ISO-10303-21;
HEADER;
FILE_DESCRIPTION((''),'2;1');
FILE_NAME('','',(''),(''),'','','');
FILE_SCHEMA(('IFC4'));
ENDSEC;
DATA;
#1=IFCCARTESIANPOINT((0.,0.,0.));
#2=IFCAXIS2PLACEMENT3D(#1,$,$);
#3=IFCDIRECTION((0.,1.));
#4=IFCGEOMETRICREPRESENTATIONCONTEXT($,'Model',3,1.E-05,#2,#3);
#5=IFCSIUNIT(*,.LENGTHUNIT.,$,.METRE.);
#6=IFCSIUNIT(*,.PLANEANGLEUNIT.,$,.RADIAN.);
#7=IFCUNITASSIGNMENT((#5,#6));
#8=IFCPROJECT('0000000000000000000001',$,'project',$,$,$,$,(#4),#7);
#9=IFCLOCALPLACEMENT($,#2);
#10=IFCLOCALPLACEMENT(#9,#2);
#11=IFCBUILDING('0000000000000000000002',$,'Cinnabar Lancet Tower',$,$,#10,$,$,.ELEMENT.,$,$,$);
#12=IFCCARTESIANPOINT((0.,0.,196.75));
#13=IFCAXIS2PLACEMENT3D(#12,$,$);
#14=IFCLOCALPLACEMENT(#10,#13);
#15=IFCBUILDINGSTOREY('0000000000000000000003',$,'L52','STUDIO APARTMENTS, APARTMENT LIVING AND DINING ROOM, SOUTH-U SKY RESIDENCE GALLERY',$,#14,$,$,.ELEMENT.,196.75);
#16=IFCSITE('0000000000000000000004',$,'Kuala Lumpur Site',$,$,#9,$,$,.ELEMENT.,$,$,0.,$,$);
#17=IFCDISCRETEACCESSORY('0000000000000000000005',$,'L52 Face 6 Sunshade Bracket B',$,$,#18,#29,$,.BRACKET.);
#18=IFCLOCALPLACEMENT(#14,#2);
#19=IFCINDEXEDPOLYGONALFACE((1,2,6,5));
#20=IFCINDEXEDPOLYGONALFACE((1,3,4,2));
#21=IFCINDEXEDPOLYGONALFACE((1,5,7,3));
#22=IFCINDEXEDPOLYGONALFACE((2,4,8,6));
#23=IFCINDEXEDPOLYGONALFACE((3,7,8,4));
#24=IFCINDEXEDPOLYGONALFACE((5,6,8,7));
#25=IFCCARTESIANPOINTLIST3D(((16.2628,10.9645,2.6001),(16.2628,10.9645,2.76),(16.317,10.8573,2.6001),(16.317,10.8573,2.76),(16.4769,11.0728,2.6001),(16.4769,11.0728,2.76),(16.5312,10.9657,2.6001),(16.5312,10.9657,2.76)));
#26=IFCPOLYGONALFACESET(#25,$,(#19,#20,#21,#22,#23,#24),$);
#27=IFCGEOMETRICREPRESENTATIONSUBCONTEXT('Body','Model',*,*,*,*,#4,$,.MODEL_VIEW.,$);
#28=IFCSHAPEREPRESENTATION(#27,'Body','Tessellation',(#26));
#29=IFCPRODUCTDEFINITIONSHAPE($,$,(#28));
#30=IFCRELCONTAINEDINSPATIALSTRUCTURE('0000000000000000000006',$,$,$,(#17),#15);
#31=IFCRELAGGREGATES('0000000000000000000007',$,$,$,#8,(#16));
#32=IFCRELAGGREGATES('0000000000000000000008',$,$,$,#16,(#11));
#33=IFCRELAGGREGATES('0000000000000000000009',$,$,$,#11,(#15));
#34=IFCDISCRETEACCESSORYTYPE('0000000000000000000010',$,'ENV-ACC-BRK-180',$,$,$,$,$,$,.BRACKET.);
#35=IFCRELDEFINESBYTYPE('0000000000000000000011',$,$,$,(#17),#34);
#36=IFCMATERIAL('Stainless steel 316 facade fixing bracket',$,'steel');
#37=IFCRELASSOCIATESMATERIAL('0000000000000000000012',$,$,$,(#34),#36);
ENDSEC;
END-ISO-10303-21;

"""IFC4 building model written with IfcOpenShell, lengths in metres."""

from ifc_helpers import new_model, si_unit, direction, frame, origin, origin_2d, place, context, subcontext, project, spatial, rectangle, extrude, material, type_object, element, save


model = new_model("IFC4")

# Units and contexts
model_context = context("Model", 3, precision=1e-05, world=origin(), true_north=direction((0.0, 1.0)))
body_context = subcontext(model_context, "Body", "Model", "MODEL_VIEW")
ifc_project = project(units=[si_unit("LENGTHUNIT", "METRE"), si_unit("PLANEANGLEUNIT", "RADIAN")], contexts=[model_context])

# Site, building, storey
site_placement = place(None, origin())
site = spatial("IfcSite", under=ifc_project, at=site_placement, Name="Kuala Lumpur Site", CompositionType="ELEMENT", RefElevation=0.0)
building_placement = place(site_placement, origin())
building = spatial("IfcBuilding", under=site, at=building_placement, Name="Cinnabar Lancet Tower", CompositionType="ELEMENT")
storey_placement = place(building_placement, frame((0.0, 0.0, 196.75)))
storey = spatial("IfcBuildingStorey", under=building, at=storey_placement, Name="L52", Description="STUDIO APARTMENTS, APARTMENT LIVING AND DINING ROOM, SOUTH-U SKY RESIDENCE GALLERY", CompositionType="ELEMENT", Elevation=196.75)

# Discrete accessory
ifc_material_1 = material(Name="Stainless steel 316 facade fixing bracket", Category="steel")
discrete_accessory_type = type_object("IfcDiscreteAccessoryType", Name="ENV-ACC-BRK-180", PredefinedType="BRACKET", material=ifc_material_1)
discrete_accessory_placement = place(storey_placement, frame((16.397, 10.9651, 2.6001), z_axis=(0.0, 0.0, 1.0), x_axis=(0.451407, -0.892318, 0.0)))
element("IfcDiscreteAccessory", 1, at=discrete_accessory_placement, inside=storey, type_object=discrete_accessory_type, Name="L52 Face 6 Sunshade Bracket B", PredefinedType="BRACKET", context=body_context, shape_type="SweptSolid", body=[
    extrude(rectangle(XDim=0.1201, YDim=0.24, at=origin_2d()), origin(), (0.0, 0.0, 1.0), 0.1599),
])

save(model, "model.ifc")
